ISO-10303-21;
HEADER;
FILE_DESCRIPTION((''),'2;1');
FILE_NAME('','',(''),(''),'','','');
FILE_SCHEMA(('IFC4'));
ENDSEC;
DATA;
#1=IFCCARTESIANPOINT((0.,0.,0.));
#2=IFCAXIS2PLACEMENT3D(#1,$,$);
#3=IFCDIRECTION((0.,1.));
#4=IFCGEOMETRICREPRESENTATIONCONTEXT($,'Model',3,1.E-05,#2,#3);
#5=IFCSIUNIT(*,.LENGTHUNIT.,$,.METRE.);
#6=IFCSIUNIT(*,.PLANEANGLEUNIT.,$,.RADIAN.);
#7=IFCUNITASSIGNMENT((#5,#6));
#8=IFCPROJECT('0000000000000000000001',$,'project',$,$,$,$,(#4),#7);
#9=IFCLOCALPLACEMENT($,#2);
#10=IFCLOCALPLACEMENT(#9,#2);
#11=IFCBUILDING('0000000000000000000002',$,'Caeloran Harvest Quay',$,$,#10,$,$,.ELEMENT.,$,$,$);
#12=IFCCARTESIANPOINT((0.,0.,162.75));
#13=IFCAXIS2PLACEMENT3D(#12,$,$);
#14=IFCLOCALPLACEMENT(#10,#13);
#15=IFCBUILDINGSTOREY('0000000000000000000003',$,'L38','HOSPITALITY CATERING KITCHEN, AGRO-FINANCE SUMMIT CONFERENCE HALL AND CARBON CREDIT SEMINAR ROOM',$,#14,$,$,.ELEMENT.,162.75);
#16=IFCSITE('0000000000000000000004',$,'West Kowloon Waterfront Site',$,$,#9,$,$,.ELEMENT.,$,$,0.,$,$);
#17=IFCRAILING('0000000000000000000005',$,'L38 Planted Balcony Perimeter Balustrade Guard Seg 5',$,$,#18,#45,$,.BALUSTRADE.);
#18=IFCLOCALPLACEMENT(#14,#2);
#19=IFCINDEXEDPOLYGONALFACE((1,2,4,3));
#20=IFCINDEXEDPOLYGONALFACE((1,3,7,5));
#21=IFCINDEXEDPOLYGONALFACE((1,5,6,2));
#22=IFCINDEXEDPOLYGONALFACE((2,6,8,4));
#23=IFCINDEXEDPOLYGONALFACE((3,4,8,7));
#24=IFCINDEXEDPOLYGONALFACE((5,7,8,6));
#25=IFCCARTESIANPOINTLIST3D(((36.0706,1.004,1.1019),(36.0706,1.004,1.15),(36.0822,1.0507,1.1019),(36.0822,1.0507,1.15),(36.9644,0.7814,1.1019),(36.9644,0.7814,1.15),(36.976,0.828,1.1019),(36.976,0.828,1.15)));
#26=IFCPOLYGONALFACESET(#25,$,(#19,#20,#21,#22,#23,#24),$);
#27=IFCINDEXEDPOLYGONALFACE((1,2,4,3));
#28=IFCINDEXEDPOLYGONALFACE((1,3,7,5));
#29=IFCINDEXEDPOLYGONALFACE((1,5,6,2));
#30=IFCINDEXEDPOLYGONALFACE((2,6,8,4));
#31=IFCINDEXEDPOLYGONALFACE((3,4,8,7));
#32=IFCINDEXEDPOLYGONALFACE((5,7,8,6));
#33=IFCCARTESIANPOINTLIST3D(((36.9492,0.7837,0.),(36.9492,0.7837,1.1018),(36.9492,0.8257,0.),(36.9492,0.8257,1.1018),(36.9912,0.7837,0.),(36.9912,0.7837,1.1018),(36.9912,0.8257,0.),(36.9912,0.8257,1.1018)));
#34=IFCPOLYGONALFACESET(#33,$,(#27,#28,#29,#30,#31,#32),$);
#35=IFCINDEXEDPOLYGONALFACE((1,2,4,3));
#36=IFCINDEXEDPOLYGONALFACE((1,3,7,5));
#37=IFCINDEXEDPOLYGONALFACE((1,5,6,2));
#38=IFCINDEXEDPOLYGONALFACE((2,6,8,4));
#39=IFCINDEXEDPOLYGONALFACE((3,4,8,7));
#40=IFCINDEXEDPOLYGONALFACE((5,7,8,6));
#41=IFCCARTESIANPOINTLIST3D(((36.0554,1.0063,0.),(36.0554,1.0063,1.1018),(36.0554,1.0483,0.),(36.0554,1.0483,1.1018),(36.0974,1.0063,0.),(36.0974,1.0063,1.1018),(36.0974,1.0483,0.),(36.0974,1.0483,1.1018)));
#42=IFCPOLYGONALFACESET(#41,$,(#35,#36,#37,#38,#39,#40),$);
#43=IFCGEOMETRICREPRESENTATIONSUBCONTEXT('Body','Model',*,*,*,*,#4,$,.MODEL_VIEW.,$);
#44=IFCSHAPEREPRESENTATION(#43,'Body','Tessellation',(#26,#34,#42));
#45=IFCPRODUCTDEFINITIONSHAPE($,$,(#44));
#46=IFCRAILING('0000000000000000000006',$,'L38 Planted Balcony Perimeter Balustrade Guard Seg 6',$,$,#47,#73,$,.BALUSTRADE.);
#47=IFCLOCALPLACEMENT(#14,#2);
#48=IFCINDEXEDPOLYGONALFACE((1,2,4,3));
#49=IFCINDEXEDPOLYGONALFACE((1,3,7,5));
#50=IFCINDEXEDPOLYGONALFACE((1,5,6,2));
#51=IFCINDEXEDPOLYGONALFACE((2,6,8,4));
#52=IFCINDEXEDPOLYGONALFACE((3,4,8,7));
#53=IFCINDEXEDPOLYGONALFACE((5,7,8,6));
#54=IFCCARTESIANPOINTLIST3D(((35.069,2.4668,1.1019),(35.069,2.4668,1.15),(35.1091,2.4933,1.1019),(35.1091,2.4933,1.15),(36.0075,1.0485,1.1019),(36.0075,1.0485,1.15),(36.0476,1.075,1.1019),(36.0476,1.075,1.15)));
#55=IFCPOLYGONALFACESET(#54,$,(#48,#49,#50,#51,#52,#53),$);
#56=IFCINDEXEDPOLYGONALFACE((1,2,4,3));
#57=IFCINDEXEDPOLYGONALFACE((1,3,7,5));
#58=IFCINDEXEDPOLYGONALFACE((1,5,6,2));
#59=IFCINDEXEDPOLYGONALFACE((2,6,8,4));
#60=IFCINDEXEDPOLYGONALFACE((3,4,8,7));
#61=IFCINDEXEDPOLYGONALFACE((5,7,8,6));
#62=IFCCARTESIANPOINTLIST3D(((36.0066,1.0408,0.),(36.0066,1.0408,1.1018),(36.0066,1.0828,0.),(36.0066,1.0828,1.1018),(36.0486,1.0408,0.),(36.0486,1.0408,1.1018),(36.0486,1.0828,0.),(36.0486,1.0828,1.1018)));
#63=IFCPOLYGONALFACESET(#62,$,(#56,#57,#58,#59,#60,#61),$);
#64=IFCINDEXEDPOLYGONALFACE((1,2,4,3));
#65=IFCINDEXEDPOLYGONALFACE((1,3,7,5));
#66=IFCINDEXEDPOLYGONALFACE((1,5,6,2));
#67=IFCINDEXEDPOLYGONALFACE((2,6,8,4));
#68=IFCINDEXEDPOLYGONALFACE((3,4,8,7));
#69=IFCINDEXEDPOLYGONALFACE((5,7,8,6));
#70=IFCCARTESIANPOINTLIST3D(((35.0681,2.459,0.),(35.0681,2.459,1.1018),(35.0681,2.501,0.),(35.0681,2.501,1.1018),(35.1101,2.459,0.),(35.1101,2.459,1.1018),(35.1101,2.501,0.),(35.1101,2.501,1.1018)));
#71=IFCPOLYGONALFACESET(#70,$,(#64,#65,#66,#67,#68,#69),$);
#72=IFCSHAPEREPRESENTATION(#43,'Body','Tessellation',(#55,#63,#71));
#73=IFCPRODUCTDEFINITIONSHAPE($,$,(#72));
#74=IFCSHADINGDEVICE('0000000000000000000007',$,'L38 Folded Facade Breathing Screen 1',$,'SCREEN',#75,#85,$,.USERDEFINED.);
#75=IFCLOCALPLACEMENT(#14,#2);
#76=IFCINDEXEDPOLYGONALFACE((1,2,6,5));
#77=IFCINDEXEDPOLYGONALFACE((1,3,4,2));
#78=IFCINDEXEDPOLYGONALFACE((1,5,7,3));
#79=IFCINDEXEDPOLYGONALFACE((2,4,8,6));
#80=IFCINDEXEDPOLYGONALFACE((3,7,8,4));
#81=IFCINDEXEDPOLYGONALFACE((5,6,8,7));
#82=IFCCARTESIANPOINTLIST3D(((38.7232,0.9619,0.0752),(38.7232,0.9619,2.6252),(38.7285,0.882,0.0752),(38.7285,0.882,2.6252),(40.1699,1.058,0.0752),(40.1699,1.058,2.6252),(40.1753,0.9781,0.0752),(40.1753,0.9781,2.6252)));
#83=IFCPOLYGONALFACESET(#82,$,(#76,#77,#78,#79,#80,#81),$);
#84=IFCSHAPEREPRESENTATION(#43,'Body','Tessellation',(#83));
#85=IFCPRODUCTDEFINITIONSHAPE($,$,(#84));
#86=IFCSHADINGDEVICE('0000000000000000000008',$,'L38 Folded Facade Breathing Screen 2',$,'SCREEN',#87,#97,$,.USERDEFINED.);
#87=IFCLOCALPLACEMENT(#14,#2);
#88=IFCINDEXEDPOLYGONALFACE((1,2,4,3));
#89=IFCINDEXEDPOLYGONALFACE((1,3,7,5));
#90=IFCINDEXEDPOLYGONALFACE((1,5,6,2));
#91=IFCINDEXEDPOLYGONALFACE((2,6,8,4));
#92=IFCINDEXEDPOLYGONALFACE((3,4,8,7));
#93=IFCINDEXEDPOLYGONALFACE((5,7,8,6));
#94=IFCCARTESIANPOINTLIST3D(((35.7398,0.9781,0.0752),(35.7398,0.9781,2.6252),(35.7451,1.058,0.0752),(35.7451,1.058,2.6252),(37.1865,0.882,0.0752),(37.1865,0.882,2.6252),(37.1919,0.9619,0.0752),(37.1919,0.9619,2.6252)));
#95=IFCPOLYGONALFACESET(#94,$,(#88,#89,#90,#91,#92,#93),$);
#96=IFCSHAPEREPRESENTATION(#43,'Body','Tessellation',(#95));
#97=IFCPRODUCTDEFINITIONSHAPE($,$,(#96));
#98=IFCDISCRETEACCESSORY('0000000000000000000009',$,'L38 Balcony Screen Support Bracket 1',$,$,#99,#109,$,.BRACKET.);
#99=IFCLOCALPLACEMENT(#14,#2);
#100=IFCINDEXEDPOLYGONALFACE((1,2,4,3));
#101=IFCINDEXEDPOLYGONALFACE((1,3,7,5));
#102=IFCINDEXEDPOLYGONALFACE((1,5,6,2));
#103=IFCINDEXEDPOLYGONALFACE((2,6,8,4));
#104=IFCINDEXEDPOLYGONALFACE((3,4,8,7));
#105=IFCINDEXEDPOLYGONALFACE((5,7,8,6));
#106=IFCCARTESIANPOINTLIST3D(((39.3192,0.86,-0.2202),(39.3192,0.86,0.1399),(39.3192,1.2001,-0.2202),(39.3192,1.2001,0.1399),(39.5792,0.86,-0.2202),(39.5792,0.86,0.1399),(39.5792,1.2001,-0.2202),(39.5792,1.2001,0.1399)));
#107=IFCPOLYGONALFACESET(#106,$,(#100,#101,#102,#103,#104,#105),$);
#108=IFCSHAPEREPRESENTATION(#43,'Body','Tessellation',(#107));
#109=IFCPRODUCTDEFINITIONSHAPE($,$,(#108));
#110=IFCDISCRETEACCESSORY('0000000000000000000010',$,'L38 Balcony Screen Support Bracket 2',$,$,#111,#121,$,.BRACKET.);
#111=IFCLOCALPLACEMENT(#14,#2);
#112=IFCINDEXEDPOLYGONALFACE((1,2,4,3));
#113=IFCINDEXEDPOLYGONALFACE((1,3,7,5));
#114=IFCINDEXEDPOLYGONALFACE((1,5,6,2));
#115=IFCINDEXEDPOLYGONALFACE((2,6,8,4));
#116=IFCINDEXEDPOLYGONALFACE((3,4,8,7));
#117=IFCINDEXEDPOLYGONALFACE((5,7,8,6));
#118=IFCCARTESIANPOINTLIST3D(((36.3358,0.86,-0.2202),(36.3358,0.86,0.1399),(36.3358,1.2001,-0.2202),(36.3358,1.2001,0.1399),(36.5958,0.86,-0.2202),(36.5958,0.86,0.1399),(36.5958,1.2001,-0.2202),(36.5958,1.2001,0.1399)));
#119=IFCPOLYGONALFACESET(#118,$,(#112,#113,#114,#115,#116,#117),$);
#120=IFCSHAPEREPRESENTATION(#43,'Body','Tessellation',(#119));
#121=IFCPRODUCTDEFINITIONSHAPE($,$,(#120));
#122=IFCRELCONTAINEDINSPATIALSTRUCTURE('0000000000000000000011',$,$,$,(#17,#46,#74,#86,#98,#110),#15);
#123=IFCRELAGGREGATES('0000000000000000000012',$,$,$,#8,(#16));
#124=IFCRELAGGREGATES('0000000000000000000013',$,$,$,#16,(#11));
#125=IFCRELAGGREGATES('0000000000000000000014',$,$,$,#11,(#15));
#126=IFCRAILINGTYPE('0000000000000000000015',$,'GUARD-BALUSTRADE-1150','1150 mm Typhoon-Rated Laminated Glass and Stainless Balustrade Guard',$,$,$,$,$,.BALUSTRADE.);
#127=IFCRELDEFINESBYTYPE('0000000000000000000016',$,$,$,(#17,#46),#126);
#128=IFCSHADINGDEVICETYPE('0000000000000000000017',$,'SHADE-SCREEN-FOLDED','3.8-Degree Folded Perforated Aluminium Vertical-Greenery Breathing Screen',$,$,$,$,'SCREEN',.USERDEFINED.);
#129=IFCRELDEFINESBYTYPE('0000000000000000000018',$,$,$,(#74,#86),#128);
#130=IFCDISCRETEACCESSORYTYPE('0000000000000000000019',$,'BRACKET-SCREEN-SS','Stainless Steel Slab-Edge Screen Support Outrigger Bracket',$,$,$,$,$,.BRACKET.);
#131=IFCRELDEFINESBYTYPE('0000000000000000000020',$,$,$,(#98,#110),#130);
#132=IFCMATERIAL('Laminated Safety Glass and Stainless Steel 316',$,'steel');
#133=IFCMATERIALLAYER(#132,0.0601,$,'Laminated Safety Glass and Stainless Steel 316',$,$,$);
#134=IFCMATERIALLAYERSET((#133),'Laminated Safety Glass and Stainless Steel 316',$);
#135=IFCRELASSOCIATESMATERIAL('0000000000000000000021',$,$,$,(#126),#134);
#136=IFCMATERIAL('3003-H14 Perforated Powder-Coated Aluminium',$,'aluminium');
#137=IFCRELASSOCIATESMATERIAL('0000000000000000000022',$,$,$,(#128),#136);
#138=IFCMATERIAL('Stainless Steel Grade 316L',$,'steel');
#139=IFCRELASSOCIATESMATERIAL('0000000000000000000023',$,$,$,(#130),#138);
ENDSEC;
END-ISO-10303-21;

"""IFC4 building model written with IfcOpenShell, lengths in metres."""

from ifc_helpers import new_model, si_unit, direction, frame, origin, origin_2d, place, context, subcontext, project, spatial, rectangle, extrude, material, layer, layer_set, type_object, element, save


model = new_model("IFC4")

# Units and contexts
model_context = context("Model", 3, precision=1e-05, world=origin(), true_north=direction((0.0, 1.0)))
body_context = subcontext(model_context, "Body", "Model", "MODEL_VIEW")
ifc_project = project(units=[si_unit("LENGTHUNIT", "METRE"), si_unit("PLANEANGLEUNIT", "RADIAN")], contexts=[model_context])

# Site, building, storey
site_placement = place(None, origin())
site = spatial("IfcSite", under=ifc_project, at=site_placement, Name="West Kowloon Waterfront Site", CompositionType="ELEMENT", RefElevation=0.0)
building_placement = place(site_placement, origin())
building = spatial("IfcBuilding", under=site, at=building_placement, Name="Caeloran Harvest Quay", CompositionType="ELEMENT")
storey_placement = place(building_placement, frame((0.0, 0.0, 162.75)))
storey = spatial("IfcBuildingStorey", under=building, at=storey_placement, Name="L38", Description="HOSPITALITY CATERING KITCHEN, AGRO-FINANCE SUMMIT CONFERENCE HALL AND CARBON CREDIT SEMINAR ROOM", CompositionType="ELEMENT", Elevation=162.75)

# Railings
ifc_material_1 = material(Name="Laminated Safety Glass and Stainless Steel 316", Category="steel")
ifc_layer_1 = layer(ifc_material_1, 0.0601, Name="Laminated Safety Glass and Stainless Steel 316")
ifc_layer_set_1 = layer_set([ifc_layer_1], Name="Laminated Safety Glass and Stainless Steel 316")
railing_type = type_object("IfcRailingType", Name="GUARD-BALUSTRADE-1150", Description="1150 mm Typhoon-Rated Laminated Glass and Stainless Balustrade Guard", PredefinedType="BALUSTRADE", material=ifc_layer_set_1)
railing_1_placement = place(storey_placement, frame((36.9702, 0.8047, 0.0)))
element("IfcRailing", 1, at=railing_1_placement, inside=storey, type_object=railing_type, Name="L38 Planted Balcony Perimeter Balustrade Guard Seg 5", PredefinedType="BALUSTRADE", context=body_context, shape_type="SweptSolid", body=[
    extrude(rectangle(XDim=0.0481, YDim=0.0481, at=origin_2d()), frame((0.0, 0.0, 1.126), z_axis=(-0.970345, 0.241725, 0.0), x_axis=(-0.241725, -0.970345, 0.0)), (0.0, 0.0, 1.0), 0.9211),
    extrude(rectangle(XDim=0.042, YDim=0.042, at=origin_2d()), origin(), (0.0, 0.0, 1.0), 1.1018),
    extrude(rectangle(XDim=0.042, YDim=0.042, at=origin_2d()), frame((-0.8938, 0.2227, 0.0)), (0.0, 0.0, 1.0), 1.1018),
])
railing_2_placement = place(storey_placement, frame((36.0276, 1.0618, 0.0)))
element("IfcRailing", 2, at=railing_2_placement, inside=storey, type_object=railing_type, Name="L38 Planted Balcony Perimeter Balustrade Guard Seg 6", PredefinedType="BALUSTRADE", context=body_context, shape_type="SweptSolid", body=[
    extrude(rectangle(XDim=0.0481, YDim=0.0481, at=origin_2d()), frame((0.0, 0.0, 1.126), z_axis=(-0.551848, 0.833945, 0.0), x_axis=(-0.833945, -0.551848, 0.0)), (0.0, 0.0, 1.0), 1.7007),
    extrude(rectangle(XDim=0.042, YDim=0.042, at=origin_2d()), origin(), (0.0, 0.0, 1.0), 1.1018),
    extrude(rectangle(XDim=0.042, YDim=0.042, at=origin_2d()), frame((-0.9385, 1.4182, 0.0)), (0.0, 0.0, 1.0), 1.1018),
])

# Shading devices
ifc_material_2 = material(Name="3003-H14 Perforated Powder-Coated Aluminium", Category="aluminium")
shading_device_type = type_object("IfcShadingDeviceType", Name="SHADE-SCREEN-FOLDED", Description="3.8-Degree Folded Perforated Aluminium Vertical-Greenery Breathing Screen", ElementType="SCREEN", PredefinedType="USERDEFINED", material=ifc_material_2)
for number, where, z_axis, x_axis, name in (
    (3, (39.4492, 0.97, 0.0752), (0.0, 0.0, 1.0), (0.997801, 0.066274, 0.0), "L38 Folded Facade Breathing Screen 1"),
    (4, (36.4658, 0.97, 0.0752), (0.0, 0.0, 1.0), (0.997801, -0.066274, 0.0), "L38 Folded Facade Breathing Screen 2"),
):
    element("IfcShadingDevice", number, at=place(storey_placement, frame(where, z_axis=z_axis, x_axis=x_axis)), inside=storey, type_object=shading_device_type, Name=name, ObjectType="SCREEN", PredefinedType="USERDEFINED", context=body_context, shape_type="SweptSolid", body=[
        extrude(rectangle(XDim=1.45, YDim=0.0801, at=origin_2d()), origin(), (0.0, 0.0, 1.0), 2.55),
    ])

# Discrete accessories
ifc_material_3 = material(Name="Stainless Steel Grade 316L", Category="steel")
discrete_accessory_type = type_object("IfcDiscreteAccessoryType", Name="BRACKET-SCREEN-SS", Description="Stainless Steel Slab-Edge Screen Support Outrigger Bracket", PredefinedType="BRACKET", material=ifc_material_3)
for number, where, z_axis, x_axis, name in (
    (5, (39.4492, 1.03, -0.2202), (0.0, 0.0, 1.0), (1.0, 0.0, 0.0), "L38 Balcony Screen Support Bracket 1"),
    (6, (36.4658, 1.03, -0.2202), (0.0, 0.0, 1.0), (1.0, 0.0, 0.0), "L38 Balcony Screen Support Bracket 2"),
):
    element("IfcDiscreteAccessory", number, at=place(storey_placement, frame(where, z_axis=z_axis, x_axis=x_axis)), inside=storey, type_object=discrete_accessory_type, Name=name, PredefinedType="BRACKET", context=body_context, shape_type="SweptSolid", body=[
        extrude(rectangle(XDim=0.26, YDim=0.3401, at=origin_2d()), origin(), (0.0, 0.0, 1.0), 0.3601),
    ])

save(model, "model.ifc")
